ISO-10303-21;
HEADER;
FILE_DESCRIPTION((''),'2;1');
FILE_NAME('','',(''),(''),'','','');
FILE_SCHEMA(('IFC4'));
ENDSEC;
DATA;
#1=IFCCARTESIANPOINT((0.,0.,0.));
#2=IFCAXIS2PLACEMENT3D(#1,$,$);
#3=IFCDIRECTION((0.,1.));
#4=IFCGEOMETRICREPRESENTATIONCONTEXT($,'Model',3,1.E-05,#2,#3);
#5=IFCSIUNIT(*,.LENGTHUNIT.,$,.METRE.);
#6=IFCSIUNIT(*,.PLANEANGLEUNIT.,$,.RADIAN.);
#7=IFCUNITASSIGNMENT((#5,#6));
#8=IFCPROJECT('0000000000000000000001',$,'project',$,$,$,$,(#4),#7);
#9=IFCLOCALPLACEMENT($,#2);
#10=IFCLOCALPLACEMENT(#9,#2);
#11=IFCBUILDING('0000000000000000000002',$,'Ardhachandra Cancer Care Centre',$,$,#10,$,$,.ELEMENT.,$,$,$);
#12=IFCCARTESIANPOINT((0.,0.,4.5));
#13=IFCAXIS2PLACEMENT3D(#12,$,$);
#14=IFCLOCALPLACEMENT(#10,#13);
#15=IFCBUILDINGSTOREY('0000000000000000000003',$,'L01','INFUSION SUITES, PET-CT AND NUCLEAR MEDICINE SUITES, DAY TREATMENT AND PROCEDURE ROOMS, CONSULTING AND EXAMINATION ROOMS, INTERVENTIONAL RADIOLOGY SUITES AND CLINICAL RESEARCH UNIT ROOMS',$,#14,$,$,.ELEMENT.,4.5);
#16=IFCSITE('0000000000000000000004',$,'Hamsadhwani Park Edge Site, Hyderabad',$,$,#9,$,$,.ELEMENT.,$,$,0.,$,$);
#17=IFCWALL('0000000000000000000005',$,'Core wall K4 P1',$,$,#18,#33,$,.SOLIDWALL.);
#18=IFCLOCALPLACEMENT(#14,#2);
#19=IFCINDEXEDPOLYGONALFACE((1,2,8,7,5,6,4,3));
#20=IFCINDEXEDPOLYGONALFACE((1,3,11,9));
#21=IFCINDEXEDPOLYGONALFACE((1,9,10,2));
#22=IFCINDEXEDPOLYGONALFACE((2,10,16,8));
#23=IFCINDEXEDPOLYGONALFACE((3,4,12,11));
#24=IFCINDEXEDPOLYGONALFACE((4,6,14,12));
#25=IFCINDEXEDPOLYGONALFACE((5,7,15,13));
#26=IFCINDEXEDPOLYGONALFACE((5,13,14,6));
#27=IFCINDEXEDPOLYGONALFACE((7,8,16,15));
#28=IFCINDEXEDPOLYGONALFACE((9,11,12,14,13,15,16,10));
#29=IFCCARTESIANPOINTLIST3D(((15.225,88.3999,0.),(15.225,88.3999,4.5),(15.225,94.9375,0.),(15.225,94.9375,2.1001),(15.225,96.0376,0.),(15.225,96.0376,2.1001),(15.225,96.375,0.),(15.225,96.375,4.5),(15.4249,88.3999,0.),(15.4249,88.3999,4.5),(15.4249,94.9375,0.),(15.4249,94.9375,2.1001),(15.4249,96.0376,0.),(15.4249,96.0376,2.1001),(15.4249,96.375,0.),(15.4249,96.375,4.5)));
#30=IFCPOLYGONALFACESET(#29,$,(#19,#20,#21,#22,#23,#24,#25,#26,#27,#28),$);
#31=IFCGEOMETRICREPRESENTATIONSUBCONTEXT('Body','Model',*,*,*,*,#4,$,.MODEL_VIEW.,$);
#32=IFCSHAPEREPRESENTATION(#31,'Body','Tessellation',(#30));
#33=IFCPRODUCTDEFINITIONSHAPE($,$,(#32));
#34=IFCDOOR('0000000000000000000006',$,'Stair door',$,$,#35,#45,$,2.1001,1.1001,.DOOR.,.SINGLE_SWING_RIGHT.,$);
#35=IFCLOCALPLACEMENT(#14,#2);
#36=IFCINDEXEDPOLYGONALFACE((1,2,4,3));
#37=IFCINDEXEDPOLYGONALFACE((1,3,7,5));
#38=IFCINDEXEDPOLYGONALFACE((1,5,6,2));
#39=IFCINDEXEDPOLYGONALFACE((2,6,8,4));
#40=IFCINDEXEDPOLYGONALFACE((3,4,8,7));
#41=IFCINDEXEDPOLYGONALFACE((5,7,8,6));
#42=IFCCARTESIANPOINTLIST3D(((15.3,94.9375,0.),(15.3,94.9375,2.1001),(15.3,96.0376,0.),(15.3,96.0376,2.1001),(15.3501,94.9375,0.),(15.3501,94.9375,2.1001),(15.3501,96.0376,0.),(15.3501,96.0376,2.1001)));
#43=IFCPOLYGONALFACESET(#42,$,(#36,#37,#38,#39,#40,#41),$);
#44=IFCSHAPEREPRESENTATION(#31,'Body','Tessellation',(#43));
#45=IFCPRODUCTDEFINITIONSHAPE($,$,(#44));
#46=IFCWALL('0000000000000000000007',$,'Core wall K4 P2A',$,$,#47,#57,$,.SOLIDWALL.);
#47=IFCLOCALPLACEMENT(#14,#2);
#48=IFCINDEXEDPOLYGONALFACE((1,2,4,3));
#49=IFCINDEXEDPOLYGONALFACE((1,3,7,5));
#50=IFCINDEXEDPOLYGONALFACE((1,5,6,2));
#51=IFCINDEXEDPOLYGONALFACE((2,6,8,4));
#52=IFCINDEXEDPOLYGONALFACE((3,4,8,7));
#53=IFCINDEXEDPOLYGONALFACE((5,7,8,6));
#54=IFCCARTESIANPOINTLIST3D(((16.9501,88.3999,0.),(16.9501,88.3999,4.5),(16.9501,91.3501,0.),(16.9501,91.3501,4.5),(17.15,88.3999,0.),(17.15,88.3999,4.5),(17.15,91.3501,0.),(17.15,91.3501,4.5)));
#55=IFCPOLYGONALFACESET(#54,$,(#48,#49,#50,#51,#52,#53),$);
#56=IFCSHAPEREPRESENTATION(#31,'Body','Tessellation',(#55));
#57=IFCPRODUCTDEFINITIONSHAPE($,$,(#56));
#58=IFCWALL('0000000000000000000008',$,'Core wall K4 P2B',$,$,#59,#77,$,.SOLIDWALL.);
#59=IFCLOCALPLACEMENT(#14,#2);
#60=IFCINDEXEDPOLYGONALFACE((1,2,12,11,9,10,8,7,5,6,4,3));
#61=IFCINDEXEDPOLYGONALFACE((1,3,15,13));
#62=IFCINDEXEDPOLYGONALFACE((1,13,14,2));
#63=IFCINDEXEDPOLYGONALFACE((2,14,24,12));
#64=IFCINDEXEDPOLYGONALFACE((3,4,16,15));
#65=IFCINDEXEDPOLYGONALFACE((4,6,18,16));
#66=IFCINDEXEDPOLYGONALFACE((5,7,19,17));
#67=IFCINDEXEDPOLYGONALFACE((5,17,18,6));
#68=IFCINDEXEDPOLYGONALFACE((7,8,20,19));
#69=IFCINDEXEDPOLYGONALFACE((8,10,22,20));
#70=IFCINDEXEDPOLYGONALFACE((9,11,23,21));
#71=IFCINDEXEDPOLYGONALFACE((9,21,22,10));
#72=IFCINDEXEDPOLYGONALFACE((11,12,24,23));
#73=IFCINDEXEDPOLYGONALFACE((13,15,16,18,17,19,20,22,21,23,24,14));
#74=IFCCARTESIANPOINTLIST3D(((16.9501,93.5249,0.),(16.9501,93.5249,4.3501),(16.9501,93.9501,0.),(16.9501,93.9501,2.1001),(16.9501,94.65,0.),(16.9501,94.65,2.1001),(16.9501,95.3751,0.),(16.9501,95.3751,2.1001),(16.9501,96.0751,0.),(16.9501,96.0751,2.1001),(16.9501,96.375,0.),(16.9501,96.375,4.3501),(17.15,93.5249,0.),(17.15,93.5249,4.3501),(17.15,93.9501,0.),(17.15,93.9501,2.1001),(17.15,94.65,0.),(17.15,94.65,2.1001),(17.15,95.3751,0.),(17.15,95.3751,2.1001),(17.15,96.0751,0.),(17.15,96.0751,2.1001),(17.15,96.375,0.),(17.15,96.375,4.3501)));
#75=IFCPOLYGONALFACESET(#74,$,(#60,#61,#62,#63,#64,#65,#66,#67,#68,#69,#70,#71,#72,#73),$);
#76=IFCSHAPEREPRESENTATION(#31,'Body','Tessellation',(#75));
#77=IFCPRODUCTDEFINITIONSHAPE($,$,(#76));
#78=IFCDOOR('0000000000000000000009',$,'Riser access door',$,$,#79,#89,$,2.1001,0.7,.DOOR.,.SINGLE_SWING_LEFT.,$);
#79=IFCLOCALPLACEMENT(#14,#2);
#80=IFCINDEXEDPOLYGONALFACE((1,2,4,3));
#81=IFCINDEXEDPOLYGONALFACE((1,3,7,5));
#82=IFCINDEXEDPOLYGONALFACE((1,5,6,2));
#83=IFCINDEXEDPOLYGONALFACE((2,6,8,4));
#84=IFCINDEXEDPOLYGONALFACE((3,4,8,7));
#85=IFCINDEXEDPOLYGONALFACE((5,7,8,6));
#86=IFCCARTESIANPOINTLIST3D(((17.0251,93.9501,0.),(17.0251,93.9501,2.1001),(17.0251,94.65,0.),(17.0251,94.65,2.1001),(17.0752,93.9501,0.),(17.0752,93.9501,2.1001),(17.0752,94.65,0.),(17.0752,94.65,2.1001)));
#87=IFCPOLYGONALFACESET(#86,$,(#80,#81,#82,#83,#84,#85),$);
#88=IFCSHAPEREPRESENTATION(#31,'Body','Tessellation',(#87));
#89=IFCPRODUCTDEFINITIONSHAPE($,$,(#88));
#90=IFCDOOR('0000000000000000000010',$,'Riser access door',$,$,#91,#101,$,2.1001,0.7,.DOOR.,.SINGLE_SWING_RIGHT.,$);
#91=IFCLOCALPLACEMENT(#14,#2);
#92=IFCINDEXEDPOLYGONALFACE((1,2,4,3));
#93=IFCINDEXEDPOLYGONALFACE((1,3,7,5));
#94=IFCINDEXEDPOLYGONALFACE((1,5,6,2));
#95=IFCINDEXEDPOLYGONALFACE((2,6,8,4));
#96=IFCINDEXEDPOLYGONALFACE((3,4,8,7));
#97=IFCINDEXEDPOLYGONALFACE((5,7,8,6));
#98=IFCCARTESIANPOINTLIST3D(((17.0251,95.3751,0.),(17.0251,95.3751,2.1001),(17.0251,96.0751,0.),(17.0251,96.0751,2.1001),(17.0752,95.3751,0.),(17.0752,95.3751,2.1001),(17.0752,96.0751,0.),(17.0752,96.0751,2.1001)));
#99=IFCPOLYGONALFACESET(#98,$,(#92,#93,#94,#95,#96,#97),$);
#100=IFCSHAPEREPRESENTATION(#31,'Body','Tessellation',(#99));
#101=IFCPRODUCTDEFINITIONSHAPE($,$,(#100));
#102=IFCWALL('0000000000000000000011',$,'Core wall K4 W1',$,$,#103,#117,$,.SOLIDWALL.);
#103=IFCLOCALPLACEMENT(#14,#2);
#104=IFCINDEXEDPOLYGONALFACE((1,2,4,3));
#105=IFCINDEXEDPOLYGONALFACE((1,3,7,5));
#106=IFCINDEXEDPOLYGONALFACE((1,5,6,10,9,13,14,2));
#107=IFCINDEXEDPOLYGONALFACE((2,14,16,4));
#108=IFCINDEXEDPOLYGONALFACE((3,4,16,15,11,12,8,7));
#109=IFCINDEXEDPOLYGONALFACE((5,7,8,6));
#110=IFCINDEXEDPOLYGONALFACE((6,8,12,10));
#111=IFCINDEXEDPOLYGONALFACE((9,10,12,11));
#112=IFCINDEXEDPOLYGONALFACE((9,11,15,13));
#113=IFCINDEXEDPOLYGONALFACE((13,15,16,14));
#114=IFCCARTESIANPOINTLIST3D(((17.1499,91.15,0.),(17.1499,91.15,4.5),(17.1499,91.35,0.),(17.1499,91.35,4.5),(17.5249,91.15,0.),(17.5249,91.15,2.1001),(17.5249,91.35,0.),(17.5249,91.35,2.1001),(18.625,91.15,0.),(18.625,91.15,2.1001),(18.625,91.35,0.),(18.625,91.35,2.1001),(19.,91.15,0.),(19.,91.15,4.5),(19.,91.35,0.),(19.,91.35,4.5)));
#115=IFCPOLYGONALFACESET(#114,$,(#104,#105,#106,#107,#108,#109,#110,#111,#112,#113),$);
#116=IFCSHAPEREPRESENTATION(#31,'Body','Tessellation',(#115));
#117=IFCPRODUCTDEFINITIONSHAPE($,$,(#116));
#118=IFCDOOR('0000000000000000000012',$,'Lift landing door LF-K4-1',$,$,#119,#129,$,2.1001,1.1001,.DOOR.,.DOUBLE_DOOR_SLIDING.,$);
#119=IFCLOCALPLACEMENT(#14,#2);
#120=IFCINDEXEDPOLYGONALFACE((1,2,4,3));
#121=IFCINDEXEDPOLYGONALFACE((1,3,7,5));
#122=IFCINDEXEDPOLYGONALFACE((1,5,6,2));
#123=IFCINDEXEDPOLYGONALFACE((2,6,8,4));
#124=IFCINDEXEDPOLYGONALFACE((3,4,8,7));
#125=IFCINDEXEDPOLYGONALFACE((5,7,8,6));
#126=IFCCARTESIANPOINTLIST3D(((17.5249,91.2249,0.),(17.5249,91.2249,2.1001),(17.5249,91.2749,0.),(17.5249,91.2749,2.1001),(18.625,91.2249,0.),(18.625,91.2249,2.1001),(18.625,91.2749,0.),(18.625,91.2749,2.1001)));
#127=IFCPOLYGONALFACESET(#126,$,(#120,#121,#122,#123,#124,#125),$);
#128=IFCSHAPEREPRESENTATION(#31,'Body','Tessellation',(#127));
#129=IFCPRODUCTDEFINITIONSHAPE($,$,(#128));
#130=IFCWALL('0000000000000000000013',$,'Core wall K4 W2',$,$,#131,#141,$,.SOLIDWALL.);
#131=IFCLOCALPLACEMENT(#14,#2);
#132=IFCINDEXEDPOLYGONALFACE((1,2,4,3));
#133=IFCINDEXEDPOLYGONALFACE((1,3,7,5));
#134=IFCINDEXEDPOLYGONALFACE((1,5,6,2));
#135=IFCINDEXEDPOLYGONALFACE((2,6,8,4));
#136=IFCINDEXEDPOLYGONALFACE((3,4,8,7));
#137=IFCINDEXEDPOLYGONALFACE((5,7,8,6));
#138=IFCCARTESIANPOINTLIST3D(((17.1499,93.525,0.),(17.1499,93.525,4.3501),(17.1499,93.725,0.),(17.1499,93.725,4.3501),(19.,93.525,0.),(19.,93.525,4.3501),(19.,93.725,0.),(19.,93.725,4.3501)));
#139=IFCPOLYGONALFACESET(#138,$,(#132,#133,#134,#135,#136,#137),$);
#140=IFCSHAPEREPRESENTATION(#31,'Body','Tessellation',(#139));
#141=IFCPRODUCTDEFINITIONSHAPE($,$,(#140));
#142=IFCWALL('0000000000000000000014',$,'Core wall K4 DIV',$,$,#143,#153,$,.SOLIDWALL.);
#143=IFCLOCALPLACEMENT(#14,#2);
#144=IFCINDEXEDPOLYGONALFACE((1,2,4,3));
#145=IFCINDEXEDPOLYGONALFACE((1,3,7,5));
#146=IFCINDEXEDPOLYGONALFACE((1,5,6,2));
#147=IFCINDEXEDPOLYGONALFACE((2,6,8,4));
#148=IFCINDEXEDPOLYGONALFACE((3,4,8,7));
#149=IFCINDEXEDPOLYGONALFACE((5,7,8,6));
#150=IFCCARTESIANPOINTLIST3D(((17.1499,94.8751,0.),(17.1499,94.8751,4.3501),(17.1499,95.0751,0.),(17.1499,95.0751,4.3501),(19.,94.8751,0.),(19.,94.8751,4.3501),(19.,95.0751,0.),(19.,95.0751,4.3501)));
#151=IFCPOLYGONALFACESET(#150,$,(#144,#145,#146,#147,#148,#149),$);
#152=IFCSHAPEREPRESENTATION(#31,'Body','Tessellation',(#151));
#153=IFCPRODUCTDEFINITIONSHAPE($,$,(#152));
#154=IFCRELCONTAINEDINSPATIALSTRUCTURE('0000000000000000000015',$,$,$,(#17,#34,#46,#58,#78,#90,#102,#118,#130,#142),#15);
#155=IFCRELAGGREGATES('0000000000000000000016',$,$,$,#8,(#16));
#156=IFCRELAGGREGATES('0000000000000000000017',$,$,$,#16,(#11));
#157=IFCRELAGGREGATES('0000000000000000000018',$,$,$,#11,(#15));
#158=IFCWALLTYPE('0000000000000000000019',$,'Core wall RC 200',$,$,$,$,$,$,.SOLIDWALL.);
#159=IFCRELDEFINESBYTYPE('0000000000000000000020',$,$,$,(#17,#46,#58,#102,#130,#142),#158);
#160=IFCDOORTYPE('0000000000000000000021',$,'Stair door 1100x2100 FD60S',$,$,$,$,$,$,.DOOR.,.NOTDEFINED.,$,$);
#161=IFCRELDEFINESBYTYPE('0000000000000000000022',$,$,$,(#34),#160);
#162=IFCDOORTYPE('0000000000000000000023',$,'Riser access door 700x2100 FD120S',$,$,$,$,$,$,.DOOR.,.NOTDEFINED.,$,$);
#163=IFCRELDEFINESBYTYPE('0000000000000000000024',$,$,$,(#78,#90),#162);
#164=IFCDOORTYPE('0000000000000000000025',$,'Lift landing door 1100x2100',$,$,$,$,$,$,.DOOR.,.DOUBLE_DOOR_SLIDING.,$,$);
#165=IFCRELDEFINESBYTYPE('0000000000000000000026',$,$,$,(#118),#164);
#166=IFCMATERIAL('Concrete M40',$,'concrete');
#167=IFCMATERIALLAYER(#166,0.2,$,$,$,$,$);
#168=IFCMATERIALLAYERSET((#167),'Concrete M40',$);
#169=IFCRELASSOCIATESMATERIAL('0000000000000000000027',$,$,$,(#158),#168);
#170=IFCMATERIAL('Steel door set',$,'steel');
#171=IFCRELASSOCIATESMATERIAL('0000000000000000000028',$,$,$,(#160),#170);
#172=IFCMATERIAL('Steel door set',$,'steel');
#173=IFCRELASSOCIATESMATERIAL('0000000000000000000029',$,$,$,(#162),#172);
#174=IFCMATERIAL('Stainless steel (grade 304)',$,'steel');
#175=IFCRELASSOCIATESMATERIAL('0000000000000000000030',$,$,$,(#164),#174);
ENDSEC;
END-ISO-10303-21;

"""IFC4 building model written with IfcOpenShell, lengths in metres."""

from ifc_helpers import new_model, si_unit, direction, frame, frame_2d, origin, place, context, subcontext, project, spatial, rectangle, extrude, material, layer, layer_set, type_object, element, fill, save


model = new_model("IFC4")

# Units and contexts
model_context = context("Model", 3, precision=1e-05, world=origin(), true_north=direction((0.0, 1.0)))
body_context = subcontext(model_context, "Body", "Model", "MODEL_VIEW")
ifc_project = project(units=[si_unit("LENGTHUNIT", "METRE"), si_unit("PLANEANGLEUNIT", "RADIAN")], contexts=[model_context])

# Site, building, storey
site_placement = place(None, origin())
site = spatial("IfcSite", under=ifc_project, at=site_placement, Name="Hamsadhwani Park Edge Site, Hyderabad", CompositionType="ELEMENT", RefElevation=0.0)
building_placement = place(site_placement, origin())
building = spatial("IfcBuilding", under=site, at=building_placement, Name="Ardhachandra Cancer Care Centre", CompositionType="ELEMENT")
storey_placement = place(building_placement, frame((0.0, 0.0, 4.5)))
storey = spatial("IfcBuildingStorey", under=building, at=storey_placement, Name="L01", Description="INFUSION SUITES, PET-CT AND NUCLEAR MEDICINE SUITES, DAY TREATMENT AND PROCEDURE ROOMS, CONSULTING AND EXAMINATION ROOMS, INTERVENTIONAL RADIOLOGY SUITES AND CLINICAL RESEARCH UNIT ROOMS", CompositionType="ELEMENT", Elevation=4.5)

# Shared definitions
ifc_material_1 = material(Name="Concrete M40", Category="concrete")
ifc_layer_1 = layer(ifc_material_1, 0.2)
ifc_layer_set_1 = layer_set([ifc_layer_1], Name="Concrete M40")
wall_type_1 = type_object("IfcWallType", Name="Core wall RC 200", PredefinedType="SOLIDWALL", material=ifc_layer_set_1)

# Wall, opening, door
wall_1_placement = place(storey_placement, frame((15.325, 88.3999, 0.0), z_axis=(0.0, 0.0, 1.0), x_axis=(0.0, 1.0, 0.0)))
wall_1 = element("IfcWall", 1, at=wall_1_placement, inside=storey, type_object=wall_type_1, Name="Core wall K4 P1", PredefinedType="SOLIDWALL", context=body_context, shape_type="SweptSolid", body=[
    extrude(rectangle(XDim=7.9751, YDim=0.2, at=frame_2d((3.9875, 0.0))), origin(), (0.0, 0.0, 1.0), 4.5),
])
opening_1_placement = place(wall_1_placement, frame((6.5376, 0.0, 0.0)))
opening_1 = element("IfcOpeningElement", 2, at=opening_1_placement, cuts=wall_1, PredefinedType="OPENING", context=body_context, shape_type="SweptSolid", body=[
    extrude(rectangle(XDim=1.1001, YDim=2.1001, at=frame_2d((0.55, 1.05))), frame((0.0, 0.1099, 0.0), z_axis=(0.0, -1.0, 0.0), x_axis=(1.0, 0.0, 0.0)), (0.0, 0.0, 1.0), 0.22),
])
ifc_material_2 = material(Name="Steel door set", Category="steel")
door_type_1 = type_object("IfcDoorType", Name="Stair door 1100x2100 FD60S", OperationType="NOTDEFINED", PredefinedType="DOOR", material=ifc_material_2)
door_1_placement = place(opening_1_placement, origin())
door_1 = element("IfcDoor", 3, at=door_1_placement, inside=storey, type_object=door_type_1, Name="Stair door", OperationType="SINGLE_SWING_RIGHT", OverallHeight=2.1001, OverallWidth=1.1001, PredefinedType="DOOR", context=body_context, shape_type="SweptSolid", body=[
    extrude(rectangle(XDim=1.1001, YDim=2.1001, at=frame_2d((0.55, 1.05))), frame((0.0, 0.0249, 0.0), z_axis=(0.0, -1.0, 0.0), x_axis=(1.0, 0.0, 0.0)), (0.0, 0.0, 1.0), 0.05),
])
fill(opening_1, door_1)

# Wall
wall_2_placement = place(storey_placement, frame((17.05, 88.3999, 0.0), z_axis=(0.0, 0.0, 1.0), x_axis=(0.0, 1.0, 0.0)))
element("IfcWall", 4, at=wall_2_placement, inside=storey, type_object=wall_type_1, Name="Core wall K4 P2A", PredefinedType="SOLIDWALL", context=body_context, shape_type="SweptSolid", body=[
    extrude(rectangle(XDim=2.9502, YDim=0.2, at=frame_2d((1.4751, 0.0))), origin(), (0.0, 0.0, 1.0), 4.5),
])

# Wall, openings, doors
wall_3_placement = place(storey_placement, frame((17.05, 93.5249, 0.0), z_axis=(0.0, 0.0, 1.0), x_axis=(0.0, 1.0, 0.0)))
wall_3 = element("IfcWall", 5, at=wall_3_placement, inside=storey, type_object=wall_type_1, Name="Core wall K4 P2B", PredefinedType="SOLIDWALL", context=body_context, shape_type="SweptSolid", body=[
    extrude(rectangle(XDim=2.8501, YDim=0.2, at=frame_2d((1.425, 0.0))), origin(), (0.0, 0.0, 1.0), 4.3501),
])
opening_2_placement = place(wall_3_placement, frame((0.425, 0.0, 0.0)))
opening_2 = element("IfcOpeningElement", 6, at=opening_2_placement, cuts=wall_3, PredefinedType="OPENING", context=body_context, shape_type="SweptSolid", body=[
    extrude(rectangle(XDim=0.7, YDim=2.1001, at=frame_2d((0.3501, 1.05))), frame((0.0, 0.1099, 0.0), z_axis=(0.0, -1.0, 0.0), x_axis=(1.0, 0.0, 0.0)), (0.0, 0.0, 1.0), 0.22),
])
opening_3_placement = place(wall_3_placement, frame((1.8501, 0.0, 0.0)))
opening_3 = element("IfcOpeningElement", 7, at=opening_3_placement, cuts=wall_3, PredefinedType="OPENING", context=body_context, shape_type="SweptSolid", body=[
    extrude(rectangle(XDim=0.7, YDim=2.1001, at=frame_2d((0.3501, 1.05))), frame((0.0, 0.1099, 0.0), z_axis=(0.0, -1.0, 0.0), x_axis=(1.0, 0.0, 0.0)), (0.0, 0.0, 1.0), 0.22),
])
ifc_material_3 = material(Name="Steel door set", Category="steel")
door_type_2 = type_object("IfcDoorType", Name="Riser access door 700x2100 FD120S", OperationType="NOTDEFINED", PredefinedType="DOOR", material=ifc_material_3)
door_2_placement = place(opening_2_placement, origin())
door_2 = element("IfcDoor", 8, at=door_2_placement, inside=storey, type_object=door_type_2, Name="Riser access door", OperationType="SINGLE_SWING_LEFT", OverallHeight=2.1001, OverallWidth=0.7, PredefinedType="DOOR", context=body_context, shape_type="SweptSolid", body=[
    extrude(rectangle(XDim=0.7, YDim=2.1001, at=frame_2d((0.3501, 1.05))), frame((0.0, 0.0249, 0.0), z_axis=(0.0, -1.0, 0.0), x_axis=(1.0, 0.0, 0.0)), (0.0, 0.0, 1.0), 0.05),
])
fill(opening_2, door_2)
door_3_placement = place(opening_3_placement, origin())
door_3 = element("IfcDoor", 9, at=door_3_placement, inside=storey, type_object=door_type_2, Name="Riser access door", OperationType="SINGLE_SWING_RIGHT", OverallHeight=2.1001, OverallWidth=0.7, PredefinedType="DOOR", context=body_context, shape_type="SweptSolid", body=[
    extrude(rectangle(XDim=0.7, YDim=2.1001, at=frame_2d((0.3501, 1.05))), frame((0.0, 0.0249, 0.0), z_axis=(0.0, -1.0, 0.0), x_axis=(1.0, 0.0, 0.0)), (0.0, 0.0, 1.0), 0.05),
])
fill(opening_3, door_3)

# Wall, opening, door
wall_4_placement = place(storey_placement, frame((17.1499, 91.25, 0.0), z_axis=(0.0, 0.0, 1.0), x_axis=(1.0, 0.0, 0.0)))
wall_4 = element("IfcWall", 10, at=wall_4_placement, inside=storey, type_object=wall_type_1, Name="Core wall K4 W1", PredefinedType="SOLIDWALL", context=body_context, shape_type="SweptSolid", body=[
    extrude(rectangle(XDim=1.8501, YDim=0.2, at=frame_2d((0.925, 0.0))), origin(), (0.0, 0.0, 1.0), 4.5),
])
opening_4_placement = place(wall_4_placement, frame((0.375, 0.0, 0.0)))
opening_4 = element("IfcOpeningElement", 11, at=opening_4_placement, cuts=wall_4, PredefinedType="OPENING", context=body_context, shape_type="SweptSolid", body=[
    extrude(rectangle(XDim=1.1001, YDim=2.1001, at=frame_2d((0.55, 1.05))), frame((0.0, 0.1099, 0.0), z_axis=(0.0, -1.0, 0.0), x_axis=(1.0, 0.0, 0.0)), (0.0, 0.0, 1.0), 0.22),
])
ifc_material_4 = material(Name="Stainless steel (grade 304)", Category="steel")
door_type_3 = type_object("IfcDoorType", Name="Lift landing door 1100x2100", OperationType="DOUBLE_DOOR_SLIDING", PredefinedType="DOOR", material=ifc_material_4)
door_4_placement = place(opening_4_placement, origin())
door_4 = element("IfcDoor", 12, at=door_4_placement, inside=storey, type_object=door_type_3, Name="Lift landing door LF-K4-1", OperationType="DOUBLE_DOOR_SLIDING", OverallHeight=2.1001, OverallWidth=1.1001, PredefinedType="DOOR", context=body_context, shape_type="SweptSolid", body=[
    extrude(rectangle(XDim=1.1001, YDim=2.1001, at=frame_2d((0.55, 1.05))), frame((0.0, 0.0249, 0.0), z_axis=(0.0, -1.0, 0.0), x_axis=(1.0, 0.0, 0.0)), (0.0, 0.0, 1.0), 0.05),
])
fill(opening_4, door_4)

# Walls
for number, where, z_axis, x_axis, name in (
    (13, (17.1499, 93.625, 0.0), (0.0, 0.0, 1.0), (1.0, 0.0, 0.0), "Core wall K4 W2"),
    (14, (17.1499, 94.9751, 0.0), (0.0, 0.0, 1.0), (1.0, 0.0, 0.0), "Core wall K4 DIV"),
):
    element("IfcWall", number, at=place(storey_placement, frame(where, z_axis=z_axis, x_axis=x_axis)), inside=storey, type_object=wall_type_1, Name=name, PredefinedType="SOLIDWALL", context=body_context, shape_type="SweptSolid", body=[
        extrude(rectangle(XDim=1.8501, YDim=0.2, at=frame_2d((0.925, 0.0))), origin(), (0.0, 0.0, 1.0), 4.3501),
    ])

save(model, "model.ifc")
